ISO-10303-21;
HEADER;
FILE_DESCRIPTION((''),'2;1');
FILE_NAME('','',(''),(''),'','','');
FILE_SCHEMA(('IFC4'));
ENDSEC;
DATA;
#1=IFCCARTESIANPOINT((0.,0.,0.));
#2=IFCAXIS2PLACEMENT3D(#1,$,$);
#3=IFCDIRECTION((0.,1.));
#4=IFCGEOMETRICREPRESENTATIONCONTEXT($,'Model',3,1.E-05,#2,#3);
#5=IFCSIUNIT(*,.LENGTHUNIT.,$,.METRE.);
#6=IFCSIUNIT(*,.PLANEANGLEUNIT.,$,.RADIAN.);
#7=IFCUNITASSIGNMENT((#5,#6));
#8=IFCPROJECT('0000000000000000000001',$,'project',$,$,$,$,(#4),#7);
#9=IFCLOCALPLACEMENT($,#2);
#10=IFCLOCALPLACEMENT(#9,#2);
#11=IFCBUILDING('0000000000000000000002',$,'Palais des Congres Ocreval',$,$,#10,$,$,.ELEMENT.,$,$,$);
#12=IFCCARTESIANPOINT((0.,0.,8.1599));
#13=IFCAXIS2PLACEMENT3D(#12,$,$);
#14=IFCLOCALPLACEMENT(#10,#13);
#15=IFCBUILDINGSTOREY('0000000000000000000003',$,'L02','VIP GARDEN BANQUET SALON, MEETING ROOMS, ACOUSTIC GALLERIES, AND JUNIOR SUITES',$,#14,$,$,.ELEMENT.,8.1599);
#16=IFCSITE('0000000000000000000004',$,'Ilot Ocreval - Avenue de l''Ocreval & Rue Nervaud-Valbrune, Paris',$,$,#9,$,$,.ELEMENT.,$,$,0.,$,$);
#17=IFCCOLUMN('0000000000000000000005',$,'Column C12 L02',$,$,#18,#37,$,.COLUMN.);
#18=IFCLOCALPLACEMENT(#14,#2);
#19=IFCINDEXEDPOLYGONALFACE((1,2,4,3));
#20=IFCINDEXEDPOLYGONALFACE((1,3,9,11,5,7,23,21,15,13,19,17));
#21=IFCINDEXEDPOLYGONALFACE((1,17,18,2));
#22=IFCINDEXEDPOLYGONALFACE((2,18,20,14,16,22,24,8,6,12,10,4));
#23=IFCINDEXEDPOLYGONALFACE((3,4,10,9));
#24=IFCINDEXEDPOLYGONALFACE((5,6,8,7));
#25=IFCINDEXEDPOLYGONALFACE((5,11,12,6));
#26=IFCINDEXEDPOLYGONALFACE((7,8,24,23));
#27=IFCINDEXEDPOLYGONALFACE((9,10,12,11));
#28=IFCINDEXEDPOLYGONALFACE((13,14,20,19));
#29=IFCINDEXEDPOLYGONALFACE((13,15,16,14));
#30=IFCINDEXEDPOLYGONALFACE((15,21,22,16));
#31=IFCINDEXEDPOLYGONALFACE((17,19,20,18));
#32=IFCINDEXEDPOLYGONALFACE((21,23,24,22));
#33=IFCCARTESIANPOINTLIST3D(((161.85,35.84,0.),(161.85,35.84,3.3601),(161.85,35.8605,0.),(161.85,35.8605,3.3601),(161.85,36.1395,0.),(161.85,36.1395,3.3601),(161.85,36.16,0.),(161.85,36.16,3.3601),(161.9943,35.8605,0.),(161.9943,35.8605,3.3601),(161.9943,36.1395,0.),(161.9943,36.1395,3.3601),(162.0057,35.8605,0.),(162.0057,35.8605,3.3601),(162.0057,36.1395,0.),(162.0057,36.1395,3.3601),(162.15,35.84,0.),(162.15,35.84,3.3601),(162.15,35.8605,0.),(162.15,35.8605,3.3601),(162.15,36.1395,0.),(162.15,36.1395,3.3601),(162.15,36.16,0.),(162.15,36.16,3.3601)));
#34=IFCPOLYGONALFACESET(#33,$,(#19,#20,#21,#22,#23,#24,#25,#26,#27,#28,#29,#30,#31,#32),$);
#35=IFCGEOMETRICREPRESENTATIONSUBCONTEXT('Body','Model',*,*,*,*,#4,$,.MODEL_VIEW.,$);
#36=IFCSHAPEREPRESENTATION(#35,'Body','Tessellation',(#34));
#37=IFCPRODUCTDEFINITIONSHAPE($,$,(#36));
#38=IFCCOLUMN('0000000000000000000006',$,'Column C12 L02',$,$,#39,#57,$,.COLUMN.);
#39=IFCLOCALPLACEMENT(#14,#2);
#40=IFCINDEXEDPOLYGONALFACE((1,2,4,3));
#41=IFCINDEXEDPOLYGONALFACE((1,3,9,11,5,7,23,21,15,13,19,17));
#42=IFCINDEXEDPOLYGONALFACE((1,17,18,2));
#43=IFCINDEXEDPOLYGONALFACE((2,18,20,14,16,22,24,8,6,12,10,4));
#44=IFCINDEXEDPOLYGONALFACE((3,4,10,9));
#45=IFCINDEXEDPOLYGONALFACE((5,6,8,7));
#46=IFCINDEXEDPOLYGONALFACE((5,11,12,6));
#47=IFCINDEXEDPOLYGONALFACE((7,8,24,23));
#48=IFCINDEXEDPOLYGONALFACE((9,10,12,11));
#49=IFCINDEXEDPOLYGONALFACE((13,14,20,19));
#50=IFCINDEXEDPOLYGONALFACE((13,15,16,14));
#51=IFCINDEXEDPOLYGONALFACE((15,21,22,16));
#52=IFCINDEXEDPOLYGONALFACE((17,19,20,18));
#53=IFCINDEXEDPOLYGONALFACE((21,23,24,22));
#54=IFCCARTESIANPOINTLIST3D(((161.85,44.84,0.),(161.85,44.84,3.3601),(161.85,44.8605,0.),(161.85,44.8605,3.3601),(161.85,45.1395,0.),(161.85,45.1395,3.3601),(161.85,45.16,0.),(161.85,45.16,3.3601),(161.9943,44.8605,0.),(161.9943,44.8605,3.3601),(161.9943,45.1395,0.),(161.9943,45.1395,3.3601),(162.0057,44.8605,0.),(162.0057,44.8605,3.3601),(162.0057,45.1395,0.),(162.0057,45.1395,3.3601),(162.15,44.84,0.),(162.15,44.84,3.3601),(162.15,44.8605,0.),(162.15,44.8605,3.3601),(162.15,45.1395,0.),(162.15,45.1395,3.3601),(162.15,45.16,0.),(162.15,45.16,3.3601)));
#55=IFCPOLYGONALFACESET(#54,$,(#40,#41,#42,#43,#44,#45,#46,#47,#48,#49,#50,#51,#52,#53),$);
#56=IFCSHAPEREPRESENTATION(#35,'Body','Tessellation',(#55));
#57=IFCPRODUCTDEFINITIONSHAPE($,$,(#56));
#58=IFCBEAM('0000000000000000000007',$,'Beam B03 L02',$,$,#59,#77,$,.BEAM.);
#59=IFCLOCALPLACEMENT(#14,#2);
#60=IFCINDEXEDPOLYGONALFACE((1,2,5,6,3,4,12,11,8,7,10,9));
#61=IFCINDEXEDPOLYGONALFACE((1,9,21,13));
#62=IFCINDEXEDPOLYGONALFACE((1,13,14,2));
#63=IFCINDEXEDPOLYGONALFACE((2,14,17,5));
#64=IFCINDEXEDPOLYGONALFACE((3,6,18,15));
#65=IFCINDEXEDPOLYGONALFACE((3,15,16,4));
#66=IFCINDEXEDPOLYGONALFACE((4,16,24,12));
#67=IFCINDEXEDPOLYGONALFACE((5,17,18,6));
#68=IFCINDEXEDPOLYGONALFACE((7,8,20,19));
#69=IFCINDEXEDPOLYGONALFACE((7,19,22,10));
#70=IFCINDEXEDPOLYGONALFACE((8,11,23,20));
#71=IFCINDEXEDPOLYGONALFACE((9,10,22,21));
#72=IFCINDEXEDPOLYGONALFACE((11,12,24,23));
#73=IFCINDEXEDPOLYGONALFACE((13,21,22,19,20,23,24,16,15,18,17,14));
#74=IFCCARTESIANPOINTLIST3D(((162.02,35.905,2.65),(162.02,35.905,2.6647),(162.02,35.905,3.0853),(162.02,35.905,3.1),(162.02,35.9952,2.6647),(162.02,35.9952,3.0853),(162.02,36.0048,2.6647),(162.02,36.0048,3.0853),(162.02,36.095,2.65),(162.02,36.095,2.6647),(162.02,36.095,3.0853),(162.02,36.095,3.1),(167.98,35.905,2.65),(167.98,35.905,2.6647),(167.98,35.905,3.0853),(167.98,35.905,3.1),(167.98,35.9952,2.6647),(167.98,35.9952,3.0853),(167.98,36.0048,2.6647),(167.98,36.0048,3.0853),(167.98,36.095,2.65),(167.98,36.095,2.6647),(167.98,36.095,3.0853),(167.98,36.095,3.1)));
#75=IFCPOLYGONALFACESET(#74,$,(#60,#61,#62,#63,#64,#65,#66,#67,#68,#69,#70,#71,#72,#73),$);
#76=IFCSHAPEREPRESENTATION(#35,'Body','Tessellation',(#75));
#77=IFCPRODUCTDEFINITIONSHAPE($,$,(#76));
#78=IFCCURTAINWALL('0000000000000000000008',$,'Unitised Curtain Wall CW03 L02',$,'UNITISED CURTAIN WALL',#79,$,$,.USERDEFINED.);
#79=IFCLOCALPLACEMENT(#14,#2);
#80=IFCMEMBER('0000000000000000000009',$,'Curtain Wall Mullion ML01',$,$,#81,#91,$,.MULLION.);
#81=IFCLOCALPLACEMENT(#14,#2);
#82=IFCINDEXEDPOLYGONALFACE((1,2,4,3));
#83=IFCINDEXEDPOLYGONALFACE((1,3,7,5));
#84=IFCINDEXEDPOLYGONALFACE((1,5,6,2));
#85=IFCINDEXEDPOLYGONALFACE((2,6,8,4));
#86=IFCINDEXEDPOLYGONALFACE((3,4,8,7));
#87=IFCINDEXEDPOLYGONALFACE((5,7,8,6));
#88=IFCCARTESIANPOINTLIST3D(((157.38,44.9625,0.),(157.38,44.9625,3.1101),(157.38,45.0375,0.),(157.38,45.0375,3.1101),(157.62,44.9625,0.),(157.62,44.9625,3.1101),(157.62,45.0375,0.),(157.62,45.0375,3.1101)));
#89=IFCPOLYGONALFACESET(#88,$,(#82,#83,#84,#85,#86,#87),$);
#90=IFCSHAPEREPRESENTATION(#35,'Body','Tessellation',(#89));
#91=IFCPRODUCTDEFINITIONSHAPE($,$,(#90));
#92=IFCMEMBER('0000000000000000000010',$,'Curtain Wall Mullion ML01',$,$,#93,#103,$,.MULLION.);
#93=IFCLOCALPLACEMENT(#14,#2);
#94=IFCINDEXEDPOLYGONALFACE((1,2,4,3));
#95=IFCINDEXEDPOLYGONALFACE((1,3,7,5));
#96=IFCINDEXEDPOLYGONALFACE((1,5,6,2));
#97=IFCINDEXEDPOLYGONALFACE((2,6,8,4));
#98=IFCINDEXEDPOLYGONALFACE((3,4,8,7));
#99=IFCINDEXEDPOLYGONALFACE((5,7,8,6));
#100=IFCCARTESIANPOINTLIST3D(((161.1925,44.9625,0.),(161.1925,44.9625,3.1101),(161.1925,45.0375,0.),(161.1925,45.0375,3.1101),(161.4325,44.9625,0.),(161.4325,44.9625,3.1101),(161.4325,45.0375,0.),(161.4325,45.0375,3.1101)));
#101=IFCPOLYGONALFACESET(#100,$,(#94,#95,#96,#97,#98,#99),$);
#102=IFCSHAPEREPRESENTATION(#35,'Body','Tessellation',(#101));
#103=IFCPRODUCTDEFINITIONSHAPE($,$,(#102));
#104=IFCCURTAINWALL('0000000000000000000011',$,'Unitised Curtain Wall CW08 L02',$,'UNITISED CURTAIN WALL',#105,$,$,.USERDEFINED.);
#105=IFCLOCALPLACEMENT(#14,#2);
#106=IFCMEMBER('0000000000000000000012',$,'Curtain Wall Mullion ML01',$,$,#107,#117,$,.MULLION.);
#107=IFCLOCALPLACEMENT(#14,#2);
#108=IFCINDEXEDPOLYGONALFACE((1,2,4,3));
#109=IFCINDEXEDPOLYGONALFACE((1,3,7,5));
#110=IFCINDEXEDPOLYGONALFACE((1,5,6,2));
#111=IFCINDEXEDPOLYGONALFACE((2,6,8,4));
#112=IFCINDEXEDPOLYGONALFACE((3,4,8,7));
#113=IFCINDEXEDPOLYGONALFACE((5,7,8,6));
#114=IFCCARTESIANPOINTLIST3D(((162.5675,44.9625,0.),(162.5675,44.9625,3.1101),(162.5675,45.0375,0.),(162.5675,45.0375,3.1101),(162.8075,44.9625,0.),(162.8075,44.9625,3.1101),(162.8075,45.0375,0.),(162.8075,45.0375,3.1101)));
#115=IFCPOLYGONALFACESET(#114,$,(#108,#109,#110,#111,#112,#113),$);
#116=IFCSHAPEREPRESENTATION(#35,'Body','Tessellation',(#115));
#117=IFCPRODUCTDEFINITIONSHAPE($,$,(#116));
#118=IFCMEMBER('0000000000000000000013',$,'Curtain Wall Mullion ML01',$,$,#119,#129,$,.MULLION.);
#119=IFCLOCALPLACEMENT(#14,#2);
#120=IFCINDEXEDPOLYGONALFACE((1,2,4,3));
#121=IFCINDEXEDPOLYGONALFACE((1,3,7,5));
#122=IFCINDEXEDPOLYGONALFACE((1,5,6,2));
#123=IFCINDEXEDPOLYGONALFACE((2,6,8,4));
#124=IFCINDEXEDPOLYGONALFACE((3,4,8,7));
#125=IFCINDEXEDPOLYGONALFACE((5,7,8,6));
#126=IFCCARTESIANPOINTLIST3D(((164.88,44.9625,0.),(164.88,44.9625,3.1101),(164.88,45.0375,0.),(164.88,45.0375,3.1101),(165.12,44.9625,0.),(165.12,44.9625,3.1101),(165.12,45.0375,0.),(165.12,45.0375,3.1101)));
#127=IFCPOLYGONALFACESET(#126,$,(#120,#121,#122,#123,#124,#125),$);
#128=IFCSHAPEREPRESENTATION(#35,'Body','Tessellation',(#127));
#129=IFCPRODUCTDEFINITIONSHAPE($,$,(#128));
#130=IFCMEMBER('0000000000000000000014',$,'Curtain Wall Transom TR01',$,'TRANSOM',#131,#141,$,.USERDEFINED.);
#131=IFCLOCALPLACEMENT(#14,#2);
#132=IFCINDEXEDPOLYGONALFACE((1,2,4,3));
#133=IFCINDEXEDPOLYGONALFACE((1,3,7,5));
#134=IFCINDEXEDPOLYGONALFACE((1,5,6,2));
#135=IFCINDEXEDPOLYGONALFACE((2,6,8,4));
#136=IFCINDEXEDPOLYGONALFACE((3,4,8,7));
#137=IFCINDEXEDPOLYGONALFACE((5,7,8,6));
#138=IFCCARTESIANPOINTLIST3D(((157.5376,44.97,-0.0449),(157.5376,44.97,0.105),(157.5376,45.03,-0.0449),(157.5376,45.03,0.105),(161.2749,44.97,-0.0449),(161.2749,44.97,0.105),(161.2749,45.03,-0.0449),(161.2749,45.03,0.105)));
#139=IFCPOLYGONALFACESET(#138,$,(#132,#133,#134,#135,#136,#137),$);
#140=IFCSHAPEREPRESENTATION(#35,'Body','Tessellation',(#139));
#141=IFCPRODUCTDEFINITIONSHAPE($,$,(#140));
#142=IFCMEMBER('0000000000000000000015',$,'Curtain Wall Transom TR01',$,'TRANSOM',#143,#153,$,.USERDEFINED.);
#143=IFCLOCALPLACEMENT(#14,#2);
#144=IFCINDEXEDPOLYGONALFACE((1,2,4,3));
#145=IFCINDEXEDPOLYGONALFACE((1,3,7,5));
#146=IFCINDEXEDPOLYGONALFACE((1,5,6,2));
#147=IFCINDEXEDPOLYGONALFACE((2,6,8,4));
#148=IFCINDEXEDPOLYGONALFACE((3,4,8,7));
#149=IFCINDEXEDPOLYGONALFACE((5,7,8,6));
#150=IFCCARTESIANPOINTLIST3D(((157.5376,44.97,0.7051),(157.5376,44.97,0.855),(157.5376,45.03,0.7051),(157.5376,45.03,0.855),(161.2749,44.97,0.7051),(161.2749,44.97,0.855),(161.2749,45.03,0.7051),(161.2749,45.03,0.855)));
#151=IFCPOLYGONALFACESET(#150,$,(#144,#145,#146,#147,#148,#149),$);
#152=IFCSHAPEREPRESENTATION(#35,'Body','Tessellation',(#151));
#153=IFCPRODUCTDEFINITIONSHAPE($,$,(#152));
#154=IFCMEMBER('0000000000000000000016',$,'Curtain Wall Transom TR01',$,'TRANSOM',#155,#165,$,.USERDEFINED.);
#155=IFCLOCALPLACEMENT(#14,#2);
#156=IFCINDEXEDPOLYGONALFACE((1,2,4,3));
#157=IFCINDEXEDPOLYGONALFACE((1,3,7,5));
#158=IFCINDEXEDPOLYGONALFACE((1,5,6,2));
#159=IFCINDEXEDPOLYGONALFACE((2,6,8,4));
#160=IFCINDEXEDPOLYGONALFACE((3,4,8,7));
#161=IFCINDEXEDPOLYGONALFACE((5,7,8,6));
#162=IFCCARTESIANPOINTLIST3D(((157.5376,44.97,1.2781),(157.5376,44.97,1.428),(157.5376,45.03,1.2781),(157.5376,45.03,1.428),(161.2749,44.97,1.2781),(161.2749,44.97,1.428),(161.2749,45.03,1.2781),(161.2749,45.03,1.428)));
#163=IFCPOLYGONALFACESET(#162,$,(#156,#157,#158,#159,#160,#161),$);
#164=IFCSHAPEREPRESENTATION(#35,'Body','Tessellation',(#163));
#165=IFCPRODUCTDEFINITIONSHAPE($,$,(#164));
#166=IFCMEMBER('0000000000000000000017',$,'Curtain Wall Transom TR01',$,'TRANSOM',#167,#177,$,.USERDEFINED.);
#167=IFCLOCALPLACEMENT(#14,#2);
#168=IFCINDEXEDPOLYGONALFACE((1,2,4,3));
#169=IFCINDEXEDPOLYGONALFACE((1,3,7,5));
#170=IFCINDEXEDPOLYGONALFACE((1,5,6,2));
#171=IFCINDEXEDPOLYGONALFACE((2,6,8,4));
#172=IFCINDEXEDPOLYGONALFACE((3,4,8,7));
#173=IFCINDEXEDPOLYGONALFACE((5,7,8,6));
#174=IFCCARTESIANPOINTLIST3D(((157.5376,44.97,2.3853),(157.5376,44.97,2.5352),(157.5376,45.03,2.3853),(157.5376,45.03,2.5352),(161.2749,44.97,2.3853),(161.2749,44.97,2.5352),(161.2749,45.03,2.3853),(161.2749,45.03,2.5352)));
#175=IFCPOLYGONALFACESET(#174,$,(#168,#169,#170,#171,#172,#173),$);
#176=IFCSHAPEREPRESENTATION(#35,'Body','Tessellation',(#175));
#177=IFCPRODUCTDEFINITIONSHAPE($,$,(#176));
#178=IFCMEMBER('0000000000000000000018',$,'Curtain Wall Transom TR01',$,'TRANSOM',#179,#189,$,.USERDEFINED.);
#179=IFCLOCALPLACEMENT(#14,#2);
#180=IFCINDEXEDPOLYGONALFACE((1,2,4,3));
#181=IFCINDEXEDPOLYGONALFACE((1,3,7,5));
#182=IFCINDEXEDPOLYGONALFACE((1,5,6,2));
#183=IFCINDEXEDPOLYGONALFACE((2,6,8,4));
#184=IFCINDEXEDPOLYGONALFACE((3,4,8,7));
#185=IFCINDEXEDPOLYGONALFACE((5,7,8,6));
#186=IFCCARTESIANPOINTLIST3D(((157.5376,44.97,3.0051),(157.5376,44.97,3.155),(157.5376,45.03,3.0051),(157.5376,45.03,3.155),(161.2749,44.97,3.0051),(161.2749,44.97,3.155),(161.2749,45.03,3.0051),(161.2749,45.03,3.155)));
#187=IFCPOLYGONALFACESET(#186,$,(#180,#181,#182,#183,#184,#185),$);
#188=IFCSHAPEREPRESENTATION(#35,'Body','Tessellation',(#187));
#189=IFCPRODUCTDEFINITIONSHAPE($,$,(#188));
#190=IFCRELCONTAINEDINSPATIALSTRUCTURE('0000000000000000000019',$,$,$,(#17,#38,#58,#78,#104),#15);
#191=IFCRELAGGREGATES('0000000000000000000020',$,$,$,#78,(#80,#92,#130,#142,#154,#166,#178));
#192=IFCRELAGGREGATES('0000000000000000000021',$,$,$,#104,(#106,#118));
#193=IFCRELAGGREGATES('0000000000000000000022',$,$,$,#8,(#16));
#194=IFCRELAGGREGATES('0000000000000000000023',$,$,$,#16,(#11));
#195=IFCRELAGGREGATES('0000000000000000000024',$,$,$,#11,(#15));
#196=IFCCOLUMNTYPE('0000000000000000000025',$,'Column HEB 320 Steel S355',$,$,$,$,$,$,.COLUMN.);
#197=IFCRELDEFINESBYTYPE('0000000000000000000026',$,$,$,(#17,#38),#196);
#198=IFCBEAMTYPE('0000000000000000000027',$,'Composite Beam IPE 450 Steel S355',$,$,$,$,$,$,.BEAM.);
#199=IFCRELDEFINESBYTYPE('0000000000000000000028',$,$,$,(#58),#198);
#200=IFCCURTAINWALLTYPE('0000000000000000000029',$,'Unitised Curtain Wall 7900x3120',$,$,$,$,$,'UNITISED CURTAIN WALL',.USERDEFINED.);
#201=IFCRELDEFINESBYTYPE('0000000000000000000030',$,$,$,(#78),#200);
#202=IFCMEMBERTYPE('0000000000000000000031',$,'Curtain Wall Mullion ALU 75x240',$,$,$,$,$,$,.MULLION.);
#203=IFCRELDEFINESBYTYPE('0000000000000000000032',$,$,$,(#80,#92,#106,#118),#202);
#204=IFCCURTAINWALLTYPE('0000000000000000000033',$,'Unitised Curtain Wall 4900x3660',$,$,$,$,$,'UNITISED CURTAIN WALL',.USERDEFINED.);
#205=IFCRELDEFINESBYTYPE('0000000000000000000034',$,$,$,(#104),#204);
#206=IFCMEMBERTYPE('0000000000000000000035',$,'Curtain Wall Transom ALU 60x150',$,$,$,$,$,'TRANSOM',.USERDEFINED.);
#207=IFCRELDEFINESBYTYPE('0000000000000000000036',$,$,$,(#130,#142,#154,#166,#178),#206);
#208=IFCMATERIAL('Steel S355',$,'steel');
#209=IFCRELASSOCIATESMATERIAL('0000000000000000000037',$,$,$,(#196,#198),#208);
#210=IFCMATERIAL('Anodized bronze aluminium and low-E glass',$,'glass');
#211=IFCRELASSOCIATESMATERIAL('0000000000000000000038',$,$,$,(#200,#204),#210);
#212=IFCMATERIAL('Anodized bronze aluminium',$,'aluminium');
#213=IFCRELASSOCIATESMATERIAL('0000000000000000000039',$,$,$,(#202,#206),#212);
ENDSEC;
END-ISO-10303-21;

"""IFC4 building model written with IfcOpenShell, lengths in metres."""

from ifc_helpers import new_model, si_unit, direction, frame, origin, origin_2d, place, context, subcontext, project, spatial, rectangle, i_section, extrude, material, material_profile, profile_set, type_object, element, aggregate, save


model = new_model("IFC4")

# Units and contexts
model_context = context("Model", 3, precision=1e-05, world=origin(), true_north=direction((0.0, 1.0)))
body_context = subcontext(model_context, "Body", "Model", "MODEL_VIEW")
ifc_project = project(units=[si_unit("LENGTHUNIT", "METRE"), si_unit("PLANEANGLEUNIT", "RADIAN")], contexts=[model_context])

# Site, building, storey
site_placement = place(None, origin())
site = spatial("IfcSite", under=ifc_project, at=site_placement, Name="Ilot Ocreval - Avenue de l'Ocreval & Rue Nervaud-Valbrune, Paris", CompositionType="ELEMENT", RefElevation=0.0)
building_placement = place(site_placement, origin())
building = spatial("IfcBuilding", under=site, at=building_placement, Name="Palais des Congres Ocreval", CompositionType="ELEMENT")
storey_placement = place(building_placement, frame((0.0, 0.0, 8.1599)))
storey = spatial("IfcBuildingStorey", under=building, at=storey_placement, Name="L02", Description="VIP GARDEN BANQUET SALON, MEETING ROOMS, ACOUSTIC GALLERIES, AND JUNIOR SUITES", CompositionType="ELEMENT", Elevation=8.1599)

# Columns
ifc_material_1 = material(Name="Steel S355", Category="steel")
ifc_material_profile_1 = material_profile(ifc_material_1, i_section(OverallWidth=0.3, OverallDepth=0.3201, WebThickness=0.0115, FlangeThickness=0.0205, at=origin_2d()), Name="HEB 320")
ifc_profile_set_1 = profile_set([ifc_material_profile_1], Name="Steel S355")
column_type = type_object("IfcColumnType", Name="Column HEB 320 Steel S355", PredefinedType="COLUMN", material=ifc_profile_set_1)
for number, where, z_axis, x_axis, name in (
    (1, (162.0, 36.0, 0.0), (0.0, 0.0, 1.0), (1.0, 0.0, 0.0), "Column C12 L02"),
    (2, (162.0, 45.0, 0.0), (0.0, 0.0, 1.0), (1.0, 0.0, 0.0), "Column C12 L02"),
):
    element("IfcColumn", number, at=place(storey_placement, frame(where, z_axis=z_axis, x_axis=x_axis)), inside=storey, type_object=column_type, Name=name, PredefinedType="COLUMN", context=body_context, shape_type="SweptSolid", body=[
        extrude(i_section(OverallWidth=0.3, OverallDepth=0.3201, WebThickness=0.0115, FlangeThickness=0.0205, at=origin_2d()), origin(), (0.0, 0.0, 1.0), 3.3601),
    ])

# Beam
ifc_material_profile_2 = material_profile(ifc_material_1, i_section(OverallWidth=0.1899, OverallDepth=0.45, WebThickness=0.0095, FlangeThickness=0.0146, at=origin_2d()), Name="IPE 450")
ifc_profile_set_2 = profile_set([ifc_material_profile_2], Name="Steel S355")
beam_type_1 = type_object("IfcBeamType", Name="Composite Beam IPE 450 Steel S355", PredefinedType="BEAM", material=ifc_profile_set_2)
beam_1_placement = place(storey_placement, frame((162.02, 36.0, 2.875), z_axis=(1.0, 0.0, 0.0), x_axis=(0.0, 1.0, 0.0)))
element("IfcBeam", 3, at=beam_1_placement, inside=storey, type_object=beam_type_1, Name="Beam B03 L02", PredefinedType="BEAM", context=body_context, shape_type="SweptSolid", body=[
    extrude(i_section(OverallWidth=0.1899, OverallDepth=0.45, WebThickness=0.0095, FlangeThickness=0.0146, at=origin_2d()), origin(), (0.0, 0.0, 1.0), 5.96),
])

# Curtain walls, members
ifc_material_2 = material(Name="Anodized bronze aluminium and low-E glass", Category="glass")
curtain_wall_type_1 = type_object("IfcCurtainWallType", Name="Unitised Curtain Wall 7900x3120", ElementType="UNITISED CURTAIN WALL", PredefinedType="USERDEFINED", material=ifc_material_2)
curtain_wall_1_placement = place(storey_placement, origin())
curtain_wall_1 = element("IfcCurtainWall", 4, at=curtain_wall_1_placement, inside=storey, type_object=curtain_wall_type_1, Name="Unitised Curtain Wall CW03 L02", ObjectType="UNITISED CURTAIN WALL", PredefinedType="USERDEFINED")
ifc_material_3 = material(Name="Anodized bronze aluminium", Category="aluminium")
ifc_material_profile_3 = material_profile(ifc_material_3, rectangle(XDim=0.075, YDim=0.24, at=origin_2d()), Name="ALU 75x240")
ifc_profile_set_3 = profile_set([ifc_material_profile_3], Name="Anodized bronze aluminium")
member_type_1 = type_object("IfcMemberType", Name="Curtain Wall Mullion ALU 75x240", PredefinedType="MULLION", material=ifc_profile_set_3)
member_1_placement = place(storey_placement, frame((157.5, 45.0, 0.0), z_axis=(0.0, 0.0, 1.0), x_axis=(0.0, 1.0, 0.0)))
member_1 = element("IfcMember", 5, at=member_1_placement, type_object=member_type_1, Name="Curtain Wall Mullion ML01", PredefinedType="MULLION", context=body_context, shape_type="SweptSolid", body=[
    extrude(rectangle(XDim=0.075, YDim=0.24, at=origin_2d()), origin(), (0.0, 0.0, 1.0), 3.1101),
])
member_2_placement = place(storey_placement, frame((161.3125, 45.0, 0.0), z_axis=(0.0, 0.0, 1.0), x_axis=(0.0, 1.0, 0.0)))
member_2 = element("IfcMember", 6, at=member_2_placement, type_object=member_type_1, Name="Curtain Wall Mullion ML01", PredefinedType="MULLION", context=body_context, shape_type="SweptSolid", body=[
    extrude(rectangle(XDim=0.075, YDim=0.24, at=origin_2d()), origin(), (0.0, 0.0, 1.0), 3.1101),
])
curtain_wall_type_2 = type_object("IfcCurtainWallType", Name="Unitised Curtain Wall 4900x3660", ElementType="UNITISED CURTAIN WALL", PredefinedType="USERDEFINED", material=ifc_material_2)
curtain_wall_2_placement = place(storey_placement, origin())
curtain_wall_2 = element("IfcCurtainWall", 7, at=curtain_wall_2_placement, inside=storey, type_object=curtain_wall_type_2, Name="Unitised Curtain Wall CW08 L02", ObjectType="UNITISED CURTAIN WALL", PredefinedType="USERDEFINED")
member_3_placement = place(storey_placement, frame((162.6875, 45.0, 0.0), z_axis=(0.0, 0.0, 1.0), x_axis=(0.0, 1.0, 0.0)))
member_3 = element("IfcMember", 8, at=member_3_placement, type_object=member_type_1, Name="Curtain Wall Mullion ML01", PredefinedType="MULLION", context=body_context, shape_type="SweptSolid", body=[
    extrude(rectangle(XDim=0.075, YDim=0.24, at=origin_2d()), origin(), (0.0, 0.0, 1.0), 3.1101),
])
member_4_placement = place(storey_placement, frame((165.0, 45.0, 0.0), z_axis=(0.0, 0.0, 1.0), x_axis=(0.0, 1.0, 0.0)))
member_4 = element("IfcMember", 9, at=member_4_placement, type_object=member_type_1, Name="Curtain Wall Mullion ML01", PredefinedType="MULLION", context=body_context, shape_type="SweptSolid", body=[
    extrude(rectangle(XDim=0.075, YDim=0.24, at=origin_2d()), origin(), (0.0, 0.0, 1.0), 3.1101),
])

# Members
ifc_material_profile_4 = material_profile(ifc_material_3, rectangle(XDim=0.0601, YDim=0.1499, at=origin_2d()), Name="ALU 60x150")
ifc_profile_set_4 = profile_set([ifc_material_profile_4], Name="Anodized bronze aluminium")
member_type_2 = type_object("IfcMemberType", Name="Curtain Wall Transom ALU 60x150", ElementType="TRANSOM", PredefinedType="USERDEFINED", material=ifc_profile_set_4)
member_5_placement = place(storey_placement, frame((157.5376, 45.0, 0.03), z_axis=(1.0, 0.0, 0.0), x_axis=(0.0, 1.0, 0.0)))
member_5 = element("IfcMember", 10, at=member_5_placement, type_object=member_type_2, Name="Curtain Wall Transom TR01", ObjectType="TRANSOM", PredefinedType="USERDEFINED", context=body_context, shape_type="SweptSolid", body=[
    extrude(rectangle(XDim=0.0601, YDim=0.1499, at=origin_2d()), origin(), (0.0, 0.0, 1.0), 3.7373),
])
member_6_placement = place(storey_placement, frame((157.5376, 45.0, 0.78), z_axis=(1.0, 0.0, 0.0), x_axis=(0.0, 1.0, 0.0)))
member_6 = element("IfcMember", 11, at=member_6_placement, type_object=member_type_2, Name="Curtain Wall Transom TR01", ObjectType="TRANSOM", PredefinedType="USERDEFINED", context=body_context, shape_type="SweptSolid", body=[
    extrude(rectangle(XDim=0.0601, YDim=0.1499, at=origin_2d()), origin(), (0.0, 0.0, 1.0), 3.7373),
])
member_7_placement = place(storey_placement, frame((157.5376, 45.0, 1.353), z_axis=(1.0, 0.0, 0.0), x_axis=(0.0, 1.0, 0.0)))
member_7 = element("IfcMember", 12, at=member_7_placement, type_object=member_type_2, Name="Curtain Wall Transom TR01", ObjectType="TRANSOM", PredefinedType="USERDEFINED", context=body_context, shape_type="SweptSolid", body=[
    extrude(rectangle(XDim=0.0601, YDim=0.1499, at=origin_2d()), origin(), (0.0, 0.0, 1.0), 3.7373),
])
member_8_placement = place(storey_placement, frame((157.5376, 45.0, 2.4602), z_axis=(1.0, 0.0, 0.0), x_axis=(0.0, 1.0, 0.0)))
member_8 = element("IfcMember", 13, at=member_8_placement, type_object=member_type_2, Name="Curtain Wall Transom TR01", ObjectType="TRANSOM", PredefinedType="USERDEFINED", context=body_context, shape_type="SweptSolid", body=[
    extrude(rectangle(XDim=0.0601, YDim=0.1499, at=origin_2d()), origin(), (0.0, 0.0, 1.0), 3.7373),
])
member_9_placement = place(storey_placement, frame((157.5376, 45.0, 3.0801), z_axis=(1.0, 0.0, 0.0), x_axis=(0.0, 1.0, 0.0)))
member_9 = element("IfcMember", 14, at=member_9_placement, type_object=member_type_2, Name="Curtain Wall Transom TR01", ObjectType="TRANSOM", PredefinedType="USERDEFINED", context=body_context, shape_type="SweptSolid", body=[
    extrude(rectangle(XDim=0.0601, YDim=0.1499, at=origin_2d()), origin(), (0.0, 0.0, 1.0), 3.7373),
])

aggregate(curtain_wall_1, [member_1, member_2, member_5, member_6, member_7, member_8, member_9])
aggregate(curtain_wall_2, [member_3, member_4])

save(model, "model.ifc")
